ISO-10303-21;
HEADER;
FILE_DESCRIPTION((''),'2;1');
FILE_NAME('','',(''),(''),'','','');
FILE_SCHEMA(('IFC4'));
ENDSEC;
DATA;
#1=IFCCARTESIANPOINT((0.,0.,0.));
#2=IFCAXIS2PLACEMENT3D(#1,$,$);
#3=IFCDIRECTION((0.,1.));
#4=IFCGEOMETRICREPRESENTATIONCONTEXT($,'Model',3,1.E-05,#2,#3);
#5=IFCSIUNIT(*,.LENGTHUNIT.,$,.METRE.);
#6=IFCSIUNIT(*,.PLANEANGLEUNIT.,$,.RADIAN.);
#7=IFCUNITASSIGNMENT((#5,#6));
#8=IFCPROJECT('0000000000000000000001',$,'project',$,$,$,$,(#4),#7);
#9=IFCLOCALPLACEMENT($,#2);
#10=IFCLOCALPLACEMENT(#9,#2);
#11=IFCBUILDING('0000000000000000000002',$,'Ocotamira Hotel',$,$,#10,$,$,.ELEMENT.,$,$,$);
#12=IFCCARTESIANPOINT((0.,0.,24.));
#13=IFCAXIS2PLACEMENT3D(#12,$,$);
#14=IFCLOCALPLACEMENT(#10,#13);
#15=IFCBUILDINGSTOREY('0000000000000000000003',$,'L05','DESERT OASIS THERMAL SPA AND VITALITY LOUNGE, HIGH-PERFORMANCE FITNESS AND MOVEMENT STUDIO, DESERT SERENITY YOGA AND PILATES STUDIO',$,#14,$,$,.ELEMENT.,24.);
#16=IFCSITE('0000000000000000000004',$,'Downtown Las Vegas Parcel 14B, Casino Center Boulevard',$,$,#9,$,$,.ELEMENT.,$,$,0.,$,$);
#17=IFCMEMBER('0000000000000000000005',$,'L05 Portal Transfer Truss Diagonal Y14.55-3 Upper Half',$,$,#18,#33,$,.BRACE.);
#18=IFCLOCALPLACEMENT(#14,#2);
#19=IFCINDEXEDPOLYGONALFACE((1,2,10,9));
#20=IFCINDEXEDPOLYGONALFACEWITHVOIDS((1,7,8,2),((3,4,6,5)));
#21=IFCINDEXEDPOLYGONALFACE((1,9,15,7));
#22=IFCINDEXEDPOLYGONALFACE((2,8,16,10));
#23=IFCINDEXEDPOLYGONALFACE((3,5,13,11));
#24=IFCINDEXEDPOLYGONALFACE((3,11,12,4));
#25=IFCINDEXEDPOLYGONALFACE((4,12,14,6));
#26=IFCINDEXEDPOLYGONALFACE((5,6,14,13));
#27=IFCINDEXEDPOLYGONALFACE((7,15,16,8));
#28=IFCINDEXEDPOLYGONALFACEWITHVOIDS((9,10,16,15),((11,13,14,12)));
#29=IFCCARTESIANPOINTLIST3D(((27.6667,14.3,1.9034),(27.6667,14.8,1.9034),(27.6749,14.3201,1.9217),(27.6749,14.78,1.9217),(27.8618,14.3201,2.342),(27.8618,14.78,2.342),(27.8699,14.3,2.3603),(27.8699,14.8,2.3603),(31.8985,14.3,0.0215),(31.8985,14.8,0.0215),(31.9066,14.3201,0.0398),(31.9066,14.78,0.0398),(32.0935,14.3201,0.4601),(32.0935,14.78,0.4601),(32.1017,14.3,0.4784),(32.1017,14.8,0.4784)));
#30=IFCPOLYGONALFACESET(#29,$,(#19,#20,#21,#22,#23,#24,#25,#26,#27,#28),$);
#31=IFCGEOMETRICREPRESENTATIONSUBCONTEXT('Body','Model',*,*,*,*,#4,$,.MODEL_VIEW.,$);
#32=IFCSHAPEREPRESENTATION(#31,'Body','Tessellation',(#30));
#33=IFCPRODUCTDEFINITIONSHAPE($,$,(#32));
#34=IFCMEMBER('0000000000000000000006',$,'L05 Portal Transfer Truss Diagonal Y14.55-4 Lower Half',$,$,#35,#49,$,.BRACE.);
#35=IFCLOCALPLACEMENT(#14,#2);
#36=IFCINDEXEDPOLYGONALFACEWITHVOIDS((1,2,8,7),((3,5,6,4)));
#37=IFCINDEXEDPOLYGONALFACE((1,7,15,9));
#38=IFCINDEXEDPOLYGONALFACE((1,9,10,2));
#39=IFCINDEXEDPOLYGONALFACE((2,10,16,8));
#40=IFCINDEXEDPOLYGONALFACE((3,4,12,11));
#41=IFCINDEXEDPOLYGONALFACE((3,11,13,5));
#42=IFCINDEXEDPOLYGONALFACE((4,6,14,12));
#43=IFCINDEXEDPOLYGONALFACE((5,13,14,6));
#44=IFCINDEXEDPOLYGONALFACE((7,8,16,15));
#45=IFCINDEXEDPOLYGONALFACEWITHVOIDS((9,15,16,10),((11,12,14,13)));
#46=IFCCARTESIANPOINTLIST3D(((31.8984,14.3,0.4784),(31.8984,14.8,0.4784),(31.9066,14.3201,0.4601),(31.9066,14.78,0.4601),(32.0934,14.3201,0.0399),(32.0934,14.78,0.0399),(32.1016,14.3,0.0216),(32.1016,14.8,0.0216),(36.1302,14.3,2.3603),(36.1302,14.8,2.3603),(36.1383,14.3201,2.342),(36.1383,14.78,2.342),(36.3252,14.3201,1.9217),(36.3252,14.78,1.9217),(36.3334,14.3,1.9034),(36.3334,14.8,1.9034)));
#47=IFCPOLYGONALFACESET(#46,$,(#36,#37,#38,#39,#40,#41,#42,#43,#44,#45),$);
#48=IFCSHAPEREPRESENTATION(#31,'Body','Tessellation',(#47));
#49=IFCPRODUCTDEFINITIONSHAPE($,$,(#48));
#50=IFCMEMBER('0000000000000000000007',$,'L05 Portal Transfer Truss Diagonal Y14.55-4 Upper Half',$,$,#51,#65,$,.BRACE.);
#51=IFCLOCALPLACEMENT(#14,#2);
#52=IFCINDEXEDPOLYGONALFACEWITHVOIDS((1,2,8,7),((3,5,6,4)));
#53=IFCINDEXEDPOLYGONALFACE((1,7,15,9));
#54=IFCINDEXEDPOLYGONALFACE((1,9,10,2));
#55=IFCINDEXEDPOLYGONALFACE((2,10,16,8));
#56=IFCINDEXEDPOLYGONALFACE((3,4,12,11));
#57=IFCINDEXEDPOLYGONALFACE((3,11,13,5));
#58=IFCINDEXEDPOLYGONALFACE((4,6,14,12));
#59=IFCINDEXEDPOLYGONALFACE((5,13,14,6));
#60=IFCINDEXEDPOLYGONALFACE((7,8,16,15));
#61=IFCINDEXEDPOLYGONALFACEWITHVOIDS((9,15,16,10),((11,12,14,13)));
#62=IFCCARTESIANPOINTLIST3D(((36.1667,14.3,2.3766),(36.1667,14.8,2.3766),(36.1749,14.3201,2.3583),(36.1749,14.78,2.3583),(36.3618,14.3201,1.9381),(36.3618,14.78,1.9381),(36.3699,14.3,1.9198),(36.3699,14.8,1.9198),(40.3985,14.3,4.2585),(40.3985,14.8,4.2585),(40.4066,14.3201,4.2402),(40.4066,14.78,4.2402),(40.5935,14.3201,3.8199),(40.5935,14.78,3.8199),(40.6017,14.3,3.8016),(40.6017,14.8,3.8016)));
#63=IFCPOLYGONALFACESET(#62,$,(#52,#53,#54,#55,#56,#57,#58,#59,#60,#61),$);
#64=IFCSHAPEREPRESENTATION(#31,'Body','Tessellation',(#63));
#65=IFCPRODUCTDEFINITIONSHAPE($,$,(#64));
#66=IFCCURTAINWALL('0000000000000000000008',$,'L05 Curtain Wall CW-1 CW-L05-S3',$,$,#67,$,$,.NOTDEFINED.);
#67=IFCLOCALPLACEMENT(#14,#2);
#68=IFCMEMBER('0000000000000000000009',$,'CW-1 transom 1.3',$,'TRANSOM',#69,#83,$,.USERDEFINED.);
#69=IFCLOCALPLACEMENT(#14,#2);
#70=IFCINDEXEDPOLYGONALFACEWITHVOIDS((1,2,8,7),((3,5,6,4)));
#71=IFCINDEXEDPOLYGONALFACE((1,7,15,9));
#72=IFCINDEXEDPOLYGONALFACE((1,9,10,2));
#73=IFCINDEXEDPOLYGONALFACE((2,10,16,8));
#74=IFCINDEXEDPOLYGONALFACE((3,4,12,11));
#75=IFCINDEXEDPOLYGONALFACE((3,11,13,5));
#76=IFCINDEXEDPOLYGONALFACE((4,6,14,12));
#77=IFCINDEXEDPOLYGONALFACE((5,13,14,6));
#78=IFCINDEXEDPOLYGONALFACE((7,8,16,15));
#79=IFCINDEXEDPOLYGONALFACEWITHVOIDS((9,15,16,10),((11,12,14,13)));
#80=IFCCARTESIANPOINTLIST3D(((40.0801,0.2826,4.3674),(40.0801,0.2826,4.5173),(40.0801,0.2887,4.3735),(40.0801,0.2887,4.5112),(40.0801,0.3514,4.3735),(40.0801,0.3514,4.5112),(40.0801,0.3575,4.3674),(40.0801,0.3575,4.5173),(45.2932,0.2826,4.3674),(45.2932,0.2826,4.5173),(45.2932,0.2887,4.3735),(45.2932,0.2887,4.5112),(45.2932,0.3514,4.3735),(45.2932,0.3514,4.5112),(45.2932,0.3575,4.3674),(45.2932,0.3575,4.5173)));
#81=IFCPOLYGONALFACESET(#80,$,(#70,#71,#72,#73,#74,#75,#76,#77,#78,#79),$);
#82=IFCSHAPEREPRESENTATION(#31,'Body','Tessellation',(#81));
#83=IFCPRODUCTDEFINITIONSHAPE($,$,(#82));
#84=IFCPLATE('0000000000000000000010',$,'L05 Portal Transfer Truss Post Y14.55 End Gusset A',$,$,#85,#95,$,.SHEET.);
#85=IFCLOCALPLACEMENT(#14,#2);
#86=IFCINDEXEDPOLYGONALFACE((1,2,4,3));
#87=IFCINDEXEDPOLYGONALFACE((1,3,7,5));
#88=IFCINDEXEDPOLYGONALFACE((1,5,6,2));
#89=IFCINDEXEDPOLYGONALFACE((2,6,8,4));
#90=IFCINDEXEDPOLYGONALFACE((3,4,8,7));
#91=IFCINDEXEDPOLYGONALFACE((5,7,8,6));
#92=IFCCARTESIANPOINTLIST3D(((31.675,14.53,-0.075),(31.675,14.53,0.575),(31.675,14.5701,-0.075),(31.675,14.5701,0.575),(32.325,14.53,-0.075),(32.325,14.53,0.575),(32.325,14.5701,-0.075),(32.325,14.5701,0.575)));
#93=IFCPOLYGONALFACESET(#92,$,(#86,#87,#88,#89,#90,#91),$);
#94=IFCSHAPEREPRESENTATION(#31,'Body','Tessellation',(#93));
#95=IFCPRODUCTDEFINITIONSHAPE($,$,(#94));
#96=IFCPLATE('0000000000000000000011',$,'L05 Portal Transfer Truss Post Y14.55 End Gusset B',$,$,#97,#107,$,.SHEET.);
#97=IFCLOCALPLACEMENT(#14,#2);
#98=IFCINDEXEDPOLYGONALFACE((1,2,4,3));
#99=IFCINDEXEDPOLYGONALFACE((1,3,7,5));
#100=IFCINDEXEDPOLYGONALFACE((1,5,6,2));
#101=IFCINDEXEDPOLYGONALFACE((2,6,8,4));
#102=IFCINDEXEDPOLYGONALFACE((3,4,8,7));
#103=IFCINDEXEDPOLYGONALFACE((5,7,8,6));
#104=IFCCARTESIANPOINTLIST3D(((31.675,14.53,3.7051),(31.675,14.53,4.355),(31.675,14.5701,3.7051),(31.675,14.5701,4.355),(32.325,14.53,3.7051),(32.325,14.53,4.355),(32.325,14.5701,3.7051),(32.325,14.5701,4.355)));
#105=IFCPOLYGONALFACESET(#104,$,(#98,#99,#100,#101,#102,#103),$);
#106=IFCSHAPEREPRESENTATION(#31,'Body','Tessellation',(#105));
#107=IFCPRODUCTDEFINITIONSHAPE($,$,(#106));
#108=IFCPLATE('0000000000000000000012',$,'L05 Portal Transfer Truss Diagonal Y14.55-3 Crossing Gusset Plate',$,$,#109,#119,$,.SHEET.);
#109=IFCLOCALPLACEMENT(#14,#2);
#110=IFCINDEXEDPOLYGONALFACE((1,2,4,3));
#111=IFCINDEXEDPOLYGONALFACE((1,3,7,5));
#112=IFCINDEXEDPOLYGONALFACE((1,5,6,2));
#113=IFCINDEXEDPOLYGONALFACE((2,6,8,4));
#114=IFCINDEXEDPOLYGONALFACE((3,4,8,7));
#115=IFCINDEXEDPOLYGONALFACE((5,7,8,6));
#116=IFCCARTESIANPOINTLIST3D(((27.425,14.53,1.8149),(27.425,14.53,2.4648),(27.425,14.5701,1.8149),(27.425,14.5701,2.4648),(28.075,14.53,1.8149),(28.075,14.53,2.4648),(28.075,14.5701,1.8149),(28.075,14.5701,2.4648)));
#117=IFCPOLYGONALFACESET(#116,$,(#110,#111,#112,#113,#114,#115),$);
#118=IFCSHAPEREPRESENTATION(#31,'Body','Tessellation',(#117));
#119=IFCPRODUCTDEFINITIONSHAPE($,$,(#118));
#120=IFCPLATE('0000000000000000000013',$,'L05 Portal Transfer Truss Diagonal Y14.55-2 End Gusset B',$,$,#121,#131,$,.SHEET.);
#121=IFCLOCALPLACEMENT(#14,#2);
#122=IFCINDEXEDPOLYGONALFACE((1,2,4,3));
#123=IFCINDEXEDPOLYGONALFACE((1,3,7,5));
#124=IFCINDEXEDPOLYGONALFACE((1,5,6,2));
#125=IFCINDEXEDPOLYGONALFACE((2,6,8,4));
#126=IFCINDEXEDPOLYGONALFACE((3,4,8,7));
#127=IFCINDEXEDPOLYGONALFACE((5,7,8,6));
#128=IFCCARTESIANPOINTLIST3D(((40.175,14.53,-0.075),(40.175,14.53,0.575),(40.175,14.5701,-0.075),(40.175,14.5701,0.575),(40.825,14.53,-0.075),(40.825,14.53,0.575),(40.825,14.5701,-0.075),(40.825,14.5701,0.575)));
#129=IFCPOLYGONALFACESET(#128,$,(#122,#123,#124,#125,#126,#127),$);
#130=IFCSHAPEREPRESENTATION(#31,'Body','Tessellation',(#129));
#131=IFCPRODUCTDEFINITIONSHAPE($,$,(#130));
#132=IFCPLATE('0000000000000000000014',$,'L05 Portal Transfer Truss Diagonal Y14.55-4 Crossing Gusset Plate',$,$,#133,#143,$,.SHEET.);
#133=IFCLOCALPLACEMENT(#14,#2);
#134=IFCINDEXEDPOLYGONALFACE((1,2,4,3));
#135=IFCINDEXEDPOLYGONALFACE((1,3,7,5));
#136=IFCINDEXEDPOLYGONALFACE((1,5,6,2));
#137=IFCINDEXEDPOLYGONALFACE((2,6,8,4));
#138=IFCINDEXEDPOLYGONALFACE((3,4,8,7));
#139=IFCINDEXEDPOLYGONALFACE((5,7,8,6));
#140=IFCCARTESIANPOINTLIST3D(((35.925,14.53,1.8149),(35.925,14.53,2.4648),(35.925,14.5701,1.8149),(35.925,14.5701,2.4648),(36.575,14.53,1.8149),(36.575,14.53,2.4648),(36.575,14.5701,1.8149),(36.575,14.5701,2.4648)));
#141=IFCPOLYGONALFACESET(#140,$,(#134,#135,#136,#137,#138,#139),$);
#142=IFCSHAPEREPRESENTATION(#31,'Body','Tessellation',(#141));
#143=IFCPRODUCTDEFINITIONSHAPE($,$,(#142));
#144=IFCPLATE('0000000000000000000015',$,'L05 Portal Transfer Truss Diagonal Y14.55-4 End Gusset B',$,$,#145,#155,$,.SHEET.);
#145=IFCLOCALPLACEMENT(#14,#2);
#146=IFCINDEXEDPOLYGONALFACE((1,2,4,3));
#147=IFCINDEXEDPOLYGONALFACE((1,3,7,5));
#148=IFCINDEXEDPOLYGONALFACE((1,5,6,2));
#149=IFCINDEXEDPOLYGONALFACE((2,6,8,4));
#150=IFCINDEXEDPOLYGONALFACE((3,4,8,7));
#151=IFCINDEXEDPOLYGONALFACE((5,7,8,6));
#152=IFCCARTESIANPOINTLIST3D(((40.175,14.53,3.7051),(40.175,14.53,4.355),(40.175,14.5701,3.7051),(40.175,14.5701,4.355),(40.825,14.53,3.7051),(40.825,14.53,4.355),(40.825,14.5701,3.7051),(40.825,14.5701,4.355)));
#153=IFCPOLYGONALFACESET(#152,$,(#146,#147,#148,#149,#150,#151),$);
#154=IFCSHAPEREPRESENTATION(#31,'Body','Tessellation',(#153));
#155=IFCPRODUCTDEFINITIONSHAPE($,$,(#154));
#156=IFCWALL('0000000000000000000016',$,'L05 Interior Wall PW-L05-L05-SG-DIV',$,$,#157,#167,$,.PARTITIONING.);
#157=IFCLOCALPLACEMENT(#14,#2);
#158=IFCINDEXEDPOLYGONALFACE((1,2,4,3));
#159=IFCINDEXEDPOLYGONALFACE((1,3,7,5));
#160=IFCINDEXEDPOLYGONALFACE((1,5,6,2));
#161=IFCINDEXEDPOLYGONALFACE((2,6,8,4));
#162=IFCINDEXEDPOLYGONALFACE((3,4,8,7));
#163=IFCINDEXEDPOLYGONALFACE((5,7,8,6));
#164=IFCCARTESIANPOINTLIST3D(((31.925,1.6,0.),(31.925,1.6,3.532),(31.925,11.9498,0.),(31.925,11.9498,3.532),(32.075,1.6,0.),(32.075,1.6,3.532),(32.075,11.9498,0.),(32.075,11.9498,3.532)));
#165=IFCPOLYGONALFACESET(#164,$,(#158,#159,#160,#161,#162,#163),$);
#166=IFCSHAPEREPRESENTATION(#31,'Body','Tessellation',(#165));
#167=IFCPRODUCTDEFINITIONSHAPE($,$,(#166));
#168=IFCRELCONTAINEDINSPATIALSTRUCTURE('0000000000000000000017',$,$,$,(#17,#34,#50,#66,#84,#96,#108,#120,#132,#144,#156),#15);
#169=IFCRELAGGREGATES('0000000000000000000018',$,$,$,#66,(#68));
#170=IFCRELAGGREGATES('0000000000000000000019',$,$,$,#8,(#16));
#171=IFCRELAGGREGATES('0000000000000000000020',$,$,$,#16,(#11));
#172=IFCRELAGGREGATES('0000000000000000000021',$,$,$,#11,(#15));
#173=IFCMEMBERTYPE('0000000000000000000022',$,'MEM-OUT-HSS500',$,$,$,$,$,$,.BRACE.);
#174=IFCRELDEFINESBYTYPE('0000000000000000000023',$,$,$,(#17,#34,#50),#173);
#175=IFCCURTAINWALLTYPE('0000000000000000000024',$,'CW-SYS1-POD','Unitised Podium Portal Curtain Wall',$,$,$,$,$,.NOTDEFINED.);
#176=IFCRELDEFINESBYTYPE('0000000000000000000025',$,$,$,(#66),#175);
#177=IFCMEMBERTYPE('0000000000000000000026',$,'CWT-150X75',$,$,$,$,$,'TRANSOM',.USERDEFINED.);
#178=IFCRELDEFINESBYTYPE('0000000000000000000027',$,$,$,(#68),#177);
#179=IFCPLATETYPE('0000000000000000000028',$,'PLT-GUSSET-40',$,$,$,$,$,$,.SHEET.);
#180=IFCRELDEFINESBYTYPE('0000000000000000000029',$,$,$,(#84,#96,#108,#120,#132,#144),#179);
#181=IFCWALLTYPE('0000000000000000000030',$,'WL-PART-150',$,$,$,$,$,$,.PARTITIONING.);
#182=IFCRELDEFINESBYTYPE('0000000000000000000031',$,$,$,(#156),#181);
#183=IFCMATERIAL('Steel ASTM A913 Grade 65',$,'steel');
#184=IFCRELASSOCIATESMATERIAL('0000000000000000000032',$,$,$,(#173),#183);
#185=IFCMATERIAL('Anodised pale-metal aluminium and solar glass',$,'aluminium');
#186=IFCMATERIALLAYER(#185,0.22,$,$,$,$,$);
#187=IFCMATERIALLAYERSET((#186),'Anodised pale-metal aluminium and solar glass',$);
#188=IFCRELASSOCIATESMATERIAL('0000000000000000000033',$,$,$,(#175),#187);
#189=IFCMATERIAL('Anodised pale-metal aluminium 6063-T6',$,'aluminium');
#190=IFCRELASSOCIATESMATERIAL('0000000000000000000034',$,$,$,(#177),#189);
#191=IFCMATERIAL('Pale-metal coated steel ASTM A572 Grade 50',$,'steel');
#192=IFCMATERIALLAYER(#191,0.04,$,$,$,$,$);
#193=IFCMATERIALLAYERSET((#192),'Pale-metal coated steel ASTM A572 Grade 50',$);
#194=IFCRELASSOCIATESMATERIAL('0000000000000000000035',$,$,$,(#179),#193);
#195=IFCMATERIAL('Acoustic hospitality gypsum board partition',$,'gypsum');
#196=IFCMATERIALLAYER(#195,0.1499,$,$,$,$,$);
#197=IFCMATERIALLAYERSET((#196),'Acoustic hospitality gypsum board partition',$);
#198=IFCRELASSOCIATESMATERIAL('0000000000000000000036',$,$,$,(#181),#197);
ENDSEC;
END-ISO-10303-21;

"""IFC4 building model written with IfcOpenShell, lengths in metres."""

from ifc_helpers import new_model, si_unit, direction, frame, frame_2d, origin, origin_2d, place, context, subcontext, project, spatial, rectangle, hollow_rectangle, extrude, source, transform, mapped, material, layer, layer_set, material_profile, profile_set, type_object, element, aggregate, save


model = new_model("IFC4")

# Units and contexts
model_context = context("Model", 3, precision=1e-05, world=origin(), true_north=direction((0.0, 1.0)))
body_context = subcontext(model_context, "Body", "Model", "MODEL_VIEW")
ifc_project = project(units=[si_unit("LENGTHUNIT", "METRE"), si_unit("PLANEANGLEUNIT", "RADIAN")], contexts=[model_context])

# Site, building, storey
site_placement = place(None, origin())
site = spatial("IfcSite", under=ifc_project, at=site_placement, Name="Downtown Las Vegas Parcel 14B, Casino Center Boulevard", CompositionType="ELEMENT", RefElevation=0.0)
building_placement = place(site_placement, origin())
building = spatial("IfcBuilding", under=site, at=building_placement, Name="Ocotamira Hotel", CompositionType="ELEMENT")
storey_placement = place(building_placement, frame((0.0, 0.0, 24.0)))
storey = spatial("IfcBuildingStorey", under=building, at=storey_placement, Name="L05", Description="DESERT OASIS THERMAL SPA AND VITALITY LOUNGE, HIGH-PERFORMANCE FITNESS AND MOVEMENT STUDIO, DESERT SERENITY YOGA AND PILATES STUDIO", CompositionType="ELEMENT", Elevation=24.0)

# Members
ifc_material_1 = material(Name="Steel ASTM A913 Grade 65", Category="steel")
ifc_material_profile_1 = material_profile(ifc_material_1, hollow_rectangle(XDim=0.5, YDim=0.5, WallThickness=0.02, at=origin_2d()), Name="HSS500X500X20")
ifc_profile_set_1 = profile_set([ifc_material_profile_1], Name="Steel ASTM A913 Grade 65")
member_type_1 = type_object("IfcMemberType", Name="MEM-OUT-HSS500", PredefinedType="BRACE", material=ifc_profile_set_1)
shared_shape_1 = source(origin(), body_context, "Body", "SweptSolid", [
    extrude(hollow_rectangle(XDim=0.5, YDim=0.5, WallThickness=0.02, at=origin_2d()), origin(), (0.0, 0.0, 1.0), 4.6313),
])
for number, where, z_axis, x_axis, name in (
    (1, (27.7683, 14.55, 2.1318), (0.913725, 0.0, -0.406334), (0.0, 1.0, 0.0), "L05 Portal Transfer Truss Diagonal Y14.55-3 Upper Half"),
    (2, (32.0, 14.55, 0.25), (0.913725, 0.0, 0.406334), (0.0, 1.0, 0.0), "L05 Portal Transfer Truss Diagonal Y14.55-4 Lower Half"),
    (3, (36.2683, 14.55, 2.1482), (0.913725, 0.0, 0.406334), (0.0, 1.0, 0.0), "L05 Portal Transfer Truss Diagonal Y14.55-4 Upper Half"),
):
    element("IfcMember", number, at=place(storey_placement, frame(where, z_axis=z_axis, x_axis=x_axis)), inside=storey, type_object=member_type_1, Name=name, PredefinedType="BRACE", context=body_context, shape_type="MappedRepresentation", body=[
        mapped(shared_shape_1, transform((0.0, 0.0, 0.0), scale=1.0)),
    ])

# Curtain wall, member
ifc_material_2 = material(Name="Anodised pale-metal aluminium and solar glass", Category="aluminium")
ifc_layer_1 = layer(ifc_material_2, 0.22)
ifc_layer_set_1 = layer_set([ifc_layer_1], Name="Anodised pale-metal aluminium and solar glass")
curtain_wall_type = type_object("IfcCurtainWallType", Name="CW-SYS1-POD", Description="Unitised Podium Portal Curtain Wall", PredefinedType="NOTDEFINED", material=ifc_layer_set_1)
curtain_wall_placement = place(storey_placement, origin())
curtain_wall = element("IfcCurtainWall", 4, at=curtain_wall_placement, inside=storey, type_object=curtain_wall_type, Name="L05 Curtain Wall CW-1 CW-L05-S3", PredefinedType="NOTDEFINED")
ifc_material_3 = material(Name="Anodised pale-metal aluminium 6063-T6", Category="aluminium")
ifc_material_profile_2 = material_profile(ifc_material_3, hollow_rectangle(XDim=0.075, YDim=0.1499, WallThickness=0.0061, at=origin_2d()), Name="HSS150X75X6")
ifc_profile_set_2 = profile_set([ifc_material_profile_2], Name="Anodised pale-metal aluminium 6063-T6")
member_type_2 = type_object("IfcMemberType", Name="CWT-150X75", ElementType="TRANSOM", PredefinedType="USERDEFINED", material=ifc_profile_set_2)
shared_shape_2 = source(origin(), body_context, "Body", "SweptSolid", [
    extrude(hollow_rectangle(XDim=0.075, YDim=0.1499, WallThickness=0.0061, at=origin_2d()), origin(), (0.0, 0.0, 1.0), 5.2131),
])
member_1_placement = place(storey_placement, frame((40.0801, 0.3201, 4.4424), z_axis=(1.0, 0.0, 0.0), x_axis=(0.0, 1.0, 0.0)))
member_1 = element("IfcMember", 5, at=member_1_placement, type_object=member_type_2, Name="CW-1 transom 1.3", ObjectType="TRANSOM", PredefinedType="USERDEFINED", context=body_context, shape_type="MappedRepresentation", body=[
    mapped(shared_shape_2, transform((0.0, 0.0, 0.0), scale=1.0)),
])
aggregate(curtain_wall, [member_1])

# Plates
ifc_material_4 = material(Name="Pale-metal coated steel ASTM A572 Grade 50", Category="steel")
ifc_layer_2 = layer(ifc_material_4, 0.04)
ifc_layer_set_2 = layer_set([ifc_layer_2], Name="Pale-metal coated steel ASTM A572 Grade 50")
plate_type = type_object("IfcPlateType", Name="PLT-GUSSET-40", PredefinedType="SHEET", material=ifc_layer_set_2)
shared_shape_3 = source(origin(), body_context, "Body", "SweptSolid", [
    extrude(rectangle(XDim=0.6499, YDim=0.04, at=origin_2d()), origin(), (0.0, 0.0, 1.0), 0.6499),
])
for number, where, z_axis, x_axis, name in (
    (6, (32.0, 14.55, -0.075), (0.0, 0.0, 1.0), (1.0, 0.0, 0.0), "L05 Portal Transfer Truss Post Y14.55 End Gusset A"),
    (7, (32.0, 14.55, 3.7051), (0.0, 0.0, 1.0), (1.0, 0.0, 0.0), "L05 Portal Transfer Truss Post Y14.55 End Gusset B"),
    (8, (27.75, 14.55, 1.8149), (0.0, 0.0, 1.0), (1.0, 0.0, 0.0), "L05 Portal Transfer Truss Diagonal Y14.55-3 Crossing Gusset Plate"),
    (9, (40.5, 14.55, -0.075), (0.0, 0.0, 1.0), (1.0, 0.0, 0.0), "L05 Portal Transfer Truss Diagonal Y14.55-2 End Gusset B"),
    (10, (36.25, 14.55, 1.8149), (0.0, 0.0, 1.0), (1.0, 0.0, 0.0), "L05 Portal Transfer Truss Diagonal Y14.55-4 Crossing Gusset Plate"),
    (11, (40.5, 14.55, 3.7051), (0.0, 0.0, 1.0), (1.0, 0.0, 0.0), "L05 Portal Transfer Truss Diagonal Y14.55-4 End Gusset B"),
):
    element("IfcPlate", number, at=place(storey_placement, frame(where, z_axis=z_axis, x_axis=x_axis)), inside=storey, type_object=plate_type, Name=name, PredefinedType="SHEET", context=body_context, shape_type="MappedRepresentation", body=[
        mapped(shared_shape_3, transform((0.0, 0.0, 0.0), scale=1.0)),
    ])

# Wall
ifc_material_5 = material(Name="Acoustic hospitality gypsum board partition", Category="gypsum")
ifc_layer_3 = layer(ifc_material_5, 0.1499)
ifc_layer_set_3 = layer_set([ifc_layer_3], Name="Acoustic hospitality gypsum board partition")
wall_type = type_object("IfcWallType", Name="WL-PART-150", PredefinedType="PARTITIONING", material=ifc_layer_set_3)
wall_placement = place(storey_placement, frame((32.0, 1.6001, 0.0), z_axis=(0.0, 0.0, 1.0), x_axis=(0.0, 1.0, 0.0)))
element("IfcWall", 12, at=wall_placement, inside=storey, type_object=wall_type, Name="L05 Interior Wall PW-L05-L05-SG-DIV", PredefinedType="PARTITIONING", context=body_context, shape_type="SweptSolid", body=[
    extrude(rectangle(XDim=10.3499, YDim=0.1499, at=frame_2d((5.1748, 0.0))), origin(), (0.0, 0.0, 1.0), 3.532),
])

save(model, "model.ifc")
